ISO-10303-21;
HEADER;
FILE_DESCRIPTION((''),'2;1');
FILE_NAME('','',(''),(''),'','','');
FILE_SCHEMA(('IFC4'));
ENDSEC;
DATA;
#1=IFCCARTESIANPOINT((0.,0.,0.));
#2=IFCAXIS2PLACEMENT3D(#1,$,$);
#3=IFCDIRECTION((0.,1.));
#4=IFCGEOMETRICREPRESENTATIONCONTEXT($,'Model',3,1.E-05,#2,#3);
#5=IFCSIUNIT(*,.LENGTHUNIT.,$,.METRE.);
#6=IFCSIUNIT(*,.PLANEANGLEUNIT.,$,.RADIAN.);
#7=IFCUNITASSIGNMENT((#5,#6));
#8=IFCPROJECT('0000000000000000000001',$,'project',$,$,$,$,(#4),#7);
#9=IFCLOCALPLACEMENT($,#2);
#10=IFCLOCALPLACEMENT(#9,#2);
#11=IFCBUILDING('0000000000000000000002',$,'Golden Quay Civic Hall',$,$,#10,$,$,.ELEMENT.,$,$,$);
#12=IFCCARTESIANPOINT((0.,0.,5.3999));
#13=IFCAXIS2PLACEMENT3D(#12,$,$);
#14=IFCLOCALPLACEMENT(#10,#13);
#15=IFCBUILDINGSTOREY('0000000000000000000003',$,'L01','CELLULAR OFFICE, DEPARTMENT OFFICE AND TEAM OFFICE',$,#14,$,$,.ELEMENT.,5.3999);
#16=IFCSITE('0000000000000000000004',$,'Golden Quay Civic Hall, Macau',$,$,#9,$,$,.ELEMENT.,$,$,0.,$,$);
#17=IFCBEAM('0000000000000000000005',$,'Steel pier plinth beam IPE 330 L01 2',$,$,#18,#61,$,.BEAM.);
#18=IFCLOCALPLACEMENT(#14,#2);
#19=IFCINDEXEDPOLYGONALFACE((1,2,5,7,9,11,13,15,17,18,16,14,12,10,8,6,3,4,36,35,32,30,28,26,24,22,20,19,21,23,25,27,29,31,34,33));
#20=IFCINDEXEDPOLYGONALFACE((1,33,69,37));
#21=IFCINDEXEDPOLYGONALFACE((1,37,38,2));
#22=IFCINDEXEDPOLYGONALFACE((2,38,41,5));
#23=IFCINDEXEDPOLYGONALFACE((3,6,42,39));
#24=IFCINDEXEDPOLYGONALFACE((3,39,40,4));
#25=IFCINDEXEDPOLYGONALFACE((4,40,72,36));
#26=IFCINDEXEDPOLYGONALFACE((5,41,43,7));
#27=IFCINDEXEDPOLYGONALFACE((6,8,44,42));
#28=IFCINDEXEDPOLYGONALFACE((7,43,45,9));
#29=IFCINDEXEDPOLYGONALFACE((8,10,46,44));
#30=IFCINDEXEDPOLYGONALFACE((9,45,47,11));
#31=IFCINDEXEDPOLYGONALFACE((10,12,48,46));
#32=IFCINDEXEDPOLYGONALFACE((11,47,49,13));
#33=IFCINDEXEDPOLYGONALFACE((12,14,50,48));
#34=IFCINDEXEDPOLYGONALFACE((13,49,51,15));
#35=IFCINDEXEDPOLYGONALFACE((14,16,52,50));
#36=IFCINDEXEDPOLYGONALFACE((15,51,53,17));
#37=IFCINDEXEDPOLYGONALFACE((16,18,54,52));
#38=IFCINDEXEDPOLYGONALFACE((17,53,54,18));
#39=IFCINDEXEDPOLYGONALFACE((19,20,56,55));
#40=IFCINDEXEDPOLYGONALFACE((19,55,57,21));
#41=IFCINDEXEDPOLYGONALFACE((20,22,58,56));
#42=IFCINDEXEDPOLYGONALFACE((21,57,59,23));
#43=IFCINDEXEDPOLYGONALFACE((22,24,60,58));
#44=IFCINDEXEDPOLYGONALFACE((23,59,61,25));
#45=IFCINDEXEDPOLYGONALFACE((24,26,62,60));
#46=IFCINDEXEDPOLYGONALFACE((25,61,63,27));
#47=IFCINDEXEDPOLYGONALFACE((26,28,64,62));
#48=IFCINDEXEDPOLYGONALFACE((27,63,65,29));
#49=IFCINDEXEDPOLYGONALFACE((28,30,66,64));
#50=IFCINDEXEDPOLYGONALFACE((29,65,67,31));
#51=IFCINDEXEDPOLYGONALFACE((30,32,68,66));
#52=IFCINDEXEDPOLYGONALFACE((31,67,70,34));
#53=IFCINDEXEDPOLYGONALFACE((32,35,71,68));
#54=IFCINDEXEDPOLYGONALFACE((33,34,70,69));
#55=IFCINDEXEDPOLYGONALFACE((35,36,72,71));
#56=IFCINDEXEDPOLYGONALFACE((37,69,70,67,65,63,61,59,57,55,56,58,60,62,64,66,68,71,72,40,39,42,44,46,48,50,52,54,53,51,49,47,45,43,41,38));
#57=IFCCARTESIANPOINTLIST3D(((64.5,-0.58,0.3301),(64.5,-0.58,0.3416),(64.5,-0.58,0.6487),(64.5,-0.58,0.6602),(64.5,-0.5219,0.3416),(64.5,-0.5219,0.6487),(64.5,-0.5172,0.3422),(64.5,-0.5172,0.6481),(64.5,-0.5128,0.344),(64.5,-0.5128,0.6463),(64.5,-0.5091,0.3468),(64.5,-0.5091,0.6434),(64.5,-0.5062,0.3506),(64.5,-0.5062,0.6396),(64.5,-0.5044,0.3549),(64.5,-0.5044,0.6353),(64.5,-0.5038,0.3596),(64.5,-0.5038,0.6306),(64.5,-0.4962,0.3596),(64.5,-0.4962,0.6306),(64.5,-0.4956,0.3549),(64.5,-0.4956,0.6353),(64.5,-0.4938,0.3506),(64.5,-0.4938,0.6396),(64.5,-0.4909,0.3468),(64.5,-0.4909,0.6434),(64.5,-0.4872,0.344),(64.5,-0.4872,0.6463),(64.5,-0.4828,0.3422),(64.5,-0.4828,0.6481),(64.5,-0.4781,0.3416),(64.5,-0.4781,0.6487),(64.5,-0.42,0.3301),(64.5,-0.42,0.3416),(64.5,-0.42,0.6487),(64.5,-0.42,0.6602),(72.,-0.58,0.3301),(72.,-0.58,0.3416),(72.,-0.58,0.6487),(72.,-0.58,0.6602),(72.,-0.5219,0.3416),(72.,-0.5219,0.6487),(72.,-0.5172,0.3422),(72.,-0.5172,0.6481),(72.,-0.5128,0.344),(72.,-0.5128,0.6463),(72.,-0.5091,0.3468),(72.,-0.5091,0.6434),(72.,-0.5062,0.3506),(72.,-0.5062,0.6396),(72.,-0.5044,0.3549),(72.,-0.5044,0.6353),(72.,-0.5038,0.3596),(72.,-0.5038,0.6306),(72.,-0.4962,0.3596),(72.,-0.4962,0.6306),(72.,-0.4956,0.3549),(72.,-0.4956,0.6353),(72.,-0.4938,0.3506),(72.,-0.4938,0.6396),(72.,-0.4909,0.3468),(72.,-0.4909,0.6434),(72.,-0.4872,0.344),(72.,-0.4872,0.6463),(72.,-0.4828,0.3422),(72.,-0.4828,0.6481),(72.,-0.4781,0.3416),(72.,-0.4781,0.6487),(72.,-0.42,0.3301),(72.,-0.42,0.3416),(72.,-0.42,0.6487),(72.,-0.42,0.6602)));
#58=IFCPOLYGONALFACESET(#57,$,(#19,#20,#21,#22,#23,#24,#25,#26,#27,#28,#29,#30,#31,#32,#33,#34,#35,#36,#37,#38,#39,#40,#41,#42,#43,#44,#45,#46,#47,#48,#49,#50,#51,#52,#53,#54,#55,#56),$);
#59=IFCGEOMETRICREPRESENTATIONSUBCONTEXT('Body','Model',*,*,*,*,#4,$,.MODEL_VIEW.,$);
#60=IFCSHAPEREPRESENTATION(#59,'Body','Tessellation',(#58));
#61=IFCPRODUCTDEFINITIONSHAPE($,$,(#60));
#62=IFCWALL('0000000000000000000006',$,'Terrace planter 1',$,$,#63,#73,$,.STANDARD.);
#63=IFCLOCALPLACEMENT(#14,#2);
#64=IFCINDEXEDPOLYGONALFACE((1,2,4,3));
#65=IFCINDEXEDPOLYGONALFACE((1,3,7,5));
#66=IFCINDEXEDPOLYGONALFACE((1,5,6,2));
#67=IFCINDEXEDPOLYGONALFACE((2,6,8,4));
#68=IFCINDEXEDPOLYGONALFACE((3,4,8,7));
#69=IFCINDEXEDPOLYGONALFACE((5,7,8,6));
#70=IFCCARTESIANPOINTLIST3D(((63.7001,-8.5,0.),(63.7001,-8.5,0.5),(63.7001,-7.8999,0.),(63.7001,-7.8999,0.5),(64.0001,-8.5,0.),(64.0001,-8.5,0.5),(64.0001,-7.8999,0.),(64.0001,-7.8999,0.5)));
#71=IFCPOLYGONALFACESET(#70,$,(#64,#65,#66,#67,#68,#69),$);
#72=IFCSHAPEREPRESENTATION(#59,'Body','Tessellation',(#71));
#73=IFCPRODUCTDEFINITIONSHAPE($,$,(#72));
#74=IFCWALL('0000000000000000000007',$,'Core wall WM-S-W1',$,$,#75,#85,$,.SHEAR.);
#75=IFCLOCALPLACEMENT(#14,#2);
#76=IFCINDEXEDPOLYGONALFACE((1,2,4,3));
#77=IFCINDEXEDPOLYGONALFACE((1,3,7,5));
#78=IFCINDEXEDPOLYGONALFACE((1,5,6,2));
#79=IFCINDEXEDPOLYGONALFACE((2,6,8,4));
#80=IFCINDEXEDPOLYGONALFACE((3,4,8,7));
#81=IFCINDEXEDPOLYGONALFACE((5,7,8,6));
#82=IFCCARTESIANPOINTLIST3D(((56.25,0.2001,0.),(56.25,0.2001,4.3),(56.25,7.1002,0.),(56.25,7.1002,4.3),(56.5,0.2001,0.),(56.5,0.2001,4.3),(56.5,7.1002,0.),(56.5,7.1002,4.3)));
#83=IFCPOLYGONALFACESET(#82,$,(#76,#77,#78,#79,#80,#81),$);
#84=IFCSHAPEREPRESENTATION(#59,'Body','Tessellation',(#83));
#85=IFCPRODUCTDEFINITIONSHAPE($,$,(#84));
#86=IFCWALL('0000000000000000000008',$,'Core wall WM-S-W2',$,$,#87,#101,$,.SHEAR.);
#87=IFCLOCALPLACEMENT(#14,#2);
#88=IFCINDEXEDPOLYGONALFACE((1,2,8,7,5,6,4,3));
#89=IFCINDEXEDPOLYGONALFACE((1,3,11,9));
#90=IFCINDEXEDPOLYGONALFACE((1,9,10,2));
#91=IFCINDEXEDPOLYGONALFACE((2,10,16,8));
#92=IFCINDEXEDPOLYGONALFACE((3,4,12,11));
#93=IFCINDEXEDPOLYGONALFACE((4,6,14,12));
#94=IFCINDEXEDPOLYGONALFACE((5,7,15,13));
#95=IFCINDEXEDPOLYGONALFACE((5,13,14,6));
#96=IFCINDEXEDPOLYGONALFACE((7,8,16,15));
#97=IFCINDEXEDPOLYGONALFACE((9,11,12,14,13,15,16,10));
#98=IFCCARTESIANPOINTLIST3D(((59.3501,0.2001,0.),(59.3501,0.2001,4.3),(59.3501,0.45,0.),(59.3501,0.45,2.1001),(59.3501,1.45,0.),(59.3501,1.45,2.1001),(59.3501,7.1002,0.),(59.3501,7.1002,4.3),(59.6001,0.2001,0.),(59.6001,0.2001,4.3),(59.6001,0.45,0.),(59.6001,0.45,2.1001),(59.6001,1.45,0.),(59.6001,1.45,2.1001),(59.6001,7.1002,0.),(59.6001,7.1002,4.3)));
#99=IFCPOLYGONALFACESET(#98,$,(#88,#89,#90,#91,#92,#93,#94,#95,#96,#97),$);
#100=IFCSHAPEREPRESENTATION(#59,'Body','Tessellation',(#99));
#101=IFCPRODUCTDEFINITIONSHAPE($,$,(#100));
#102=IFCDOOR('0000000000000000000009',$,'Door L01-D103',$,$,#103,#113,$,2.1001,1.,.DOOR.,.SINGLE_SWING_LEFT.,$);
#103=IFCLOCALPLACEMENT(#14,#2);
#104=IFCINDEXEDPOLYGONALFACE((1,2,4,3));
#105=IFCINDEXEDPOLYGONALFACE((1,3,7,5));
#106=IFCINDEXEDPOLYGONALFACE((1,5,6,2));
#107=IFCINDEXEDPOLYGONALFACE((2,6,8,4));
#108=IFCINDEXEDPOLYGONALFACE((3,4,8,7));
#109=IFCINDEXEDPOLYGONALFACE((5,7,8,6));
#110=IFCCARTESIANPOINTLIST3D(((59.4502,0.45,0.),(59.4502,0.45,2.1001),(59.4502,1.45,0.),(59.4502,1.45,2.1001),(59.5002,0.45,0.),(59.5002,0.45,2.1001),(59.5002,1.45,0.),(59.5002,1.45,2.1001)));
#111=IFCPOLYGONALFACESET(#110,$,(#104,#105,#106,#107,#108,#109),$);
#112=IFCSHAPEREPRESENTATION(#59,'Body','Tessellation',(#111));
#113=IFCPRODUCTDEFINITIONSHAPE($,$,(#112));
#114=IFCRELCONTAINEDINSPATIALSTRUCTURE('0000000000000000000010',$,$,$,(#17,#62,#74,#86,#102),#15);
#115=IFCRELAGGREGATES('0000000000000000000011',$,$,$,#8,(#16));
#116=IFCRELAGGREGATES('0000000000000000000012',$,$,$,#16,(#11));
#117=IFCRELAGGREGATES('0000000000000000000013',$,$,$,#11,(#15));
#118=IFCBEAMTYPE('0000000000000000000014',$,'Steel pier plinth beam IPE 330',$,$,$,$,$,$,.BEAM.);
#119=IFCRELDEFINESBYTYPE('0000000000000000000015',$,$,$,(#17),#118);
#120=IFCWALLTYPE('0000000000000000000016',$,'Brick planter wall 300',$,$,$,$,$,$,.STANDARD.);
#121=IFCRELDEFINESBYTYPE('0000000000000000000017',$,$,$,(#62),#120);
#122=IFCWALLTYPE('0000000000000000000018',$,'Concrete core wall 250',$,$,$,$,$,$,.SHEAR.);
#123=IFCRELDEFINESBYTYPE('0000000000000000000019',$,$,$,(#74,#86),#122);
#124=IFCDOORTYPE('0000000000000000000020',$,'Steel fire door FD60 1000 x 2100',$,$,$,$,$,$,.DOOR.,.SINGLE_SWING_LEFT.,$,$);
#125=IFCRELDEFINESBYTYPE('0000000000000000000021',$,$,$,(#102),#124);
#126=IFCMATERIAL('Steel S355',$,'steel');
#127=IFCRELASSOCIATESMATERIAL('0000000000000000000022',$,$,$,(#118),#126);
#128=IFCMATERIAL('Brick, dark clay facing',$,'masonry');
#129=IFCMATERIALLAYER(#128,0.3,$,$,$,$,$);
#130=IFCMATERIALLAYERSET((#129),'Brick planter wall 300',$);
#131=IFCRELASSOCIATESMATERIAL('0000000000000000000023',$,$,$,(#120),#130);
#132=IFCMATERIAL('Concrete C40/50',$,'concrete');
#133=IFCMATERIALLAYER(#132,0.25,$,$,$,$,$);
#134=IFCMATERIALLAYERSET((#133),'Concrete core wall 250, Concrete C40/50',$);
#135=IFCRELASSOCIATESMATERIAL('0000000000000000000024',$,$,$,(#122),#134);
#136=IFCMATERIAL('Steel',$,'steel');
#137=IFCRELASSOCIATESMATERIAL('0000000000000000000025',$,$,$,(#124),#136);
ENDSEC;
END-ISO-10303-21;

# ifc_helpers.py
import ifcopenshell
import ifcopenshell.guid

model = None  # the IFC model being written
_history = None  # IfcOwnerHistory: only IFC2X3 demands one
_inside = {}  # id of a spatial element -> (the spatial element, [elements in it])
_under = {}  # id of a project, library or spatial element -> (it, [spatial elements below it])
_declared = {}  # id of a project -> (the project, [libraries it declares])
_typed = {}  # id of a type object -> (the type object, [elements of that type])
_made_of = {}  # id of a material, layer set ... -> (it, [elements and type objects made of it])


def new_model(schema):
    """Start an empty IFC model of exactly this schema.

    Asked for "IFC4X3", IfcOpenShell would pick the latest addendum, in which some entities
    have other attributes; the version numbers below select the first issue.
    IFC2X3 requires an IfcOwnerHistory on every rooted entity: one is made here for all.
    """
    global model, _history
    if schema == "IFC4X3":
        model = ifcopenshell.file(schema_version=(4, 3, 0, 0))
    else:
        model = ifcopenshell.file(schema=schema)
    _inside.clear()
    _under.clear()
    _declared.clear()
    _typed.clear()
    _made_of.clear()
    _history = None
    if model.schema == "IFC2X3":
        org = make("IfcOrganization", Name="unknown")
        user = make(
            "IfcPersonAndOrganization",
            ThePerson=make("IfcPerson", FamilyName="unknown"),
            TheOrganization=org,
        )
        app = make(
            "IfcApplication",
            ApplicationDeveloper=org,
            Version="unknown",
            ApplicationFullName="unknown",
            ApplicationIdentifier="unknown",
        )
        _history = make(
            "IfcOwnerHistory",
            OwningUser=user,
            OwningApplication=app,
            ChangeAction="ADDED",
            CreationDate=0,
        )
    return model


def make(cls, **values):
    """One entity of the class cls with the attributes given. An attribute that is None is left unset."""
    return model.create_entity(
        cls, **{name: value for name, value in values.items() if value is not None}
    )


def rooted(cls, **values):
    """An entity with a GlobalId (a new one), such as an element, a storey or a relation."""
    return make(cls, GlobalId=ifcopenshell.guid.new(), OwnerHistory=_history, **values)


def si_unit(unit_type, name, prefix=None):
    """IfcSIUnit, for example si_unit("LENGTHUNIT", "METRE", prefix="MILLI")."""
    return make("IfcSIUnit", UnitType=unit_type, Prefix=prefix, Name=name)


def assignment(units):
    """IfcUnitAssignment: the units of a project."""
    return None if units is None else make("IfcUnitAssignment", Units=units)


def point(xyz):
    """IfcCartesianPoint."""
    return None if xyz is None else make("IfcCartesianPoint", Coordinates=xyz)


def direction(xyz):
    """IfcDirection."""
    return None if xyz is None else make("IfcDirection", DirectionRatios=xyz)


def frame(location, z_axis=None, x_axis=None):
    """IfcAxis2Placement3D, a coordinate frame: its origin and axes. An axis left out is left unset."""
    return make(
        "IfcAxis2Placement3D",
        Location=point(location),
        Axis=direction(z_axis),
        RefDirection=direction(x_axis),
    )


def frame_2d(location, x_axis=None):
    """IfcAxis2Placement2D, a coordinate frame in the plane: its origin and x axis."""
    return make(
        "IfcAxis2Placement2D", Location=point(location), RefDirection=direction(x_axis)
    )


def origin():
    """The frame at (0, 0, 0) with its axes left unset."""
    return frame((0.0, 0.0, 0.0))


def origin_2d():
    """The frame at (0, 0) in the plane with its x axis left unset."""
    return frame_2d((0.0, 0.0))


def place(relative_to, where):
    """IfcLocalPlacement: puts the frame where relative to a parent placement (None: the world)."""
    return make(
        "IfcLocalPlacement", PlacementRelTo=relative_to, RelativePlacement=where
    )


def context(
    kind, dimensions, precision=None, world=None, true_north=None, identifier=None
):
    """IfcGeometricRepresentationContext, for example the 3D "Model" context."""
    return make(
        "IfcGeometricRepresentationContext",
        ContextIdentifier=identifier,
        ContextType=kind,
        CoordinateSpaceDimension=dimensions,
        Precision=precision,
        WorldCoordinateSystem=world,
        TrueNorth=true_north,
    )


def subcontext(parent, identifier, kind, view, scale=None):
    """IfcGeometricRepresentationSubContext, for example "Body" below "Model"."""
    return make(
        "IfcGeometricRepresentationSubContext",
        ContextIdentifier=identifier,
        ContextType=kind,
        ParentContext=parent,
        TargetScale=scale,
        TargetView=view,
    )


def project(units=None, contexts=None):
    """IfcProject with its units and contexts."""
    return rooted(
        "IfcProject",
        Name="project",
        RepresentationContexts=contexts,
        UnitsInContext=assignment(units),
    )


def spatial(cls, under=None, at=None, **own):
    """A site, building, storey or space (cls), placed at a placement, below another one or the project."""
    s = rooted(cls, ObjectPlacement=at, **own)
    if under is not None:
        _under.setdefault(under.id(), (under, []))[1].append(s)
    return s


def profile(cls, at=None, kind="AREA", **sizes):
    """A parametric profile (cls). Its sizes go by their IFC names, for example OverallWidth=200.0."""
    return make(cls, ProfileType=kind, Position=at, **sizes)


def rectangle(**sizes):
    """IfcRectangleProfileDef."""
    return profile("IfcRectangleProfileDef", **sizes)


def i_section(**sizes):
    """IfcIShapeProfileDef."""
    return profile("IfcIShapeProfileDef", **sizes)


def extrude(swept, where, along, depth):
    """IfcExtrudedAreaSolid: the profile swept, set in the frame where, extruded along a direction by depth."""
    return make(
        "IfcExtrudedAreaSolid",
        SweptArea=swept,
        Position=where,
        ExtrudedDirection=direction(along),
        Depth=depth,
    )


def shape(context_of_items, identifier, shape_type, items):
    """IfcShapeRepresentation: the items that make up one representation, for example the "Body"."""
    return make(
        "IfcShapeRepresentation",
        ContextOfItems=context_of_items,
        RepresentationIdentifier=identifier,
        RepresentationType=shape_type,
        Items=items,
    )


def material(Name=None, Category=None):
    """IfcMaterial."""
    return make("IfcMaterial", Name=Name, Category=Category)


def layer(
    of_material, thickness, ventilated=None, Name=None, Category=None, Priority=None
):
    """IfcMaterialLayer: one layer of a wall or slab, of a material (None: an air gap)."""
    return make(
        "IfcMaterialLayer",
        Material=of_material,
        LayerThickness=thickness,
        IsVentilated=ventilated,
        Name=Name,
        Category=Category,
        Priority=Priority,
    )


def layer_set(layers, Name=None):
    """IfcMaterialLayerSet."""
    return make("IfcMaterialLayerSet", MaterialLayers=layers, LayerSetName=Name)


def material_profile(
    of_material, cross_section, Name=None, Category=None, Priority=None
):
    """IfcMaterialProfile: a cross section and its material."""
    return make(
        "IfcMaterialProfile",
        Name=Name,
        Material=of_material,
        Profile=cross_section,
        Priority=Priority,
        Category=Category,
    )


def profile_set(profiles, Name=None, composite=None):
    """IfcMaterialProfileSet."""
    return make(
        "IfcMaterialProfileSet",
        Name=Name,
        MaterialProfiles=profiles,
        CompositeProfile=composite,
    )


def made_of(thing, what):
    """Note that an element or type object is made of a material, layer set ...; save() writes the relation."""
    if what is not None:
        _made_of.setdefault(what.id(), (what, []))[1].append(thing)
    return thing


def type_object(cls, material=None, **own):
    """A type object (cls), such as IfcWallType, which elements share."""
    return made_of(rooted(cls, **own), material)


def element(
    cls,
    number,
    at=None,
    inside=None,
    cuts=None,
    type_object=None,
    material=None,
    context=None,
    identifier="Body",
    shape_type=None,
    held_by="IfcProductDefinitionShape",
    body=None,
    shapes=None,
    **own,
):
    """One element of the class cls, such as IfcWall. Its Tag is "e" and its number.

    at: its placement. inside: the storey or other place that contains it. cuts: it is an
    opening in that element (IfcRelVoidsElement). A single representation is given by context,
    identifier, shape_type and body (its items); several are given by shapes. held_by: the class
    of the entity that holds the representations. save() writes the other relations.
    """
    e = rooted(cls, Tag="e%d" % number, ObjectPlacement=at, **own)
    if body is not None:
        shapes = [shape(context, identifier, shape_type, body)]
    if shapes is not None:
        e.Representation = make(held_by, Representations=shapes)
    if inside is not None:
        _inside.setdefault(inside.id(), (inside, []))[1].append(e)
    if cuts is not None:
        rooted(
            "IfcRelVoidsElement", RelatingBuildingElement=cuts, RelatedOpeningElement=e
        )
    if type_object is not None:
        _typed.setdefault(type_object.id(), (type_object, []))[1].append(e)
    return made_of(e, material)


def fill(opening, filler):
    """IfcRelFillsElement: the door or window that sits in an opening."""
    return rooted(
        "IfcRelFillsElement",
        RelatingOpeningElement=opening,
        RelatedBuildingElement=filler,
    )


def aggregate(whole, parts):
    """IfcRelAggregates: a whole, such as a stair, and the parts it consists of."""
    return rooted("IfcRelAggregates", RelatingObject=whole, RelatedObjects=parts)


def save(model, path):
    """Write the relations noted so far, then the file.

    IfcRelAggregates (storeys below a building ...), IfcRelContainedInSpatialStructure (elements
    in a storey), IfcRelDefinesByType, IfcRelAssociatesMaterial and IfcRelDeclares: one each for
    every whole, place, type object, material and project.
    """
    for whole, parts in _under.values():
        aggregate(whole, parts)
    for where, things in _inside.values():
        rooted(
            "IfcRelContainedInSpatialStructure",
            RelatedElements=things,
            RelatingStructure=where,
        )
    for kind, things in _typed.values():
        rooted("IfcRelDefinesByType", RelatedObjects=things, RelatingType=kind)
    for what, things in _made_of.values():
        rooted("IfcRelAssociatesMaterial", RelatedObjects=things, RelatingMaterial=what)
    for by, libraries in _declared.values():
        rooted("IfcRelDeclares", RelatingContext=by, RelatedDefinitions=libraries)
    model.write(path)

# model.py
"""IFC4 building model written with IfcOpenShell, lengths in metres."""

from ifc_helpers import new_model, si_unit, direction, frame, frame_2d, origin, origin_2d, place, context, subcontext, project, spatial, rectangle, i_section, extrude, material, layer, layer_set, material_profile, profile_set, type_object, element, fill, save


model = new_model("IFC4")

# Units and contexts
model_context = context("Model", 3, precision=1e-05, world=origin(), true_north=direction((0.0, 1.0)))
body_context = subcontext(model_context, "Body", "Model", "MODEL_VIEW")
ifc_project = project(units=[si_unit("LENGTHUNIT", "METRE"), si_unit("PLANEANGLEUNIT", "RADIAN")], contexts=[model_context])

# Site, building, storey
site_placement = place(None, origin())
site = spatial("IfcSite", under=ifc_project, at=site_placement, Name="Golden Quay Civic Hall, Macau", CompositionType="ELEMENT", RefElevation=0.0)
building_placement = place(site_placement, origin())
building = spatial("IfcBuilding", under=site, at=building_placement, Name="Golden Quay Civic Hall", CompositionType="ELEMENT")
storey_placement = place(building_placement, frame((0.0, 0.0, 5.3999)))
storey = spatial("IfcBuildingStorey", under=building, at=storey_placement, Name="L01", Description="CELLULAR OFFICE, DEPARTMENT OFFICE AND TEAM OFFICE", CompositionType="ELEMENT", Elevation=5.3999)

# Beam
ifc_material_1 = material(Name="Steel S355", Category="steel")
ifc_material_profile_1 = material_profile(ifc_material_1, i_section(OverallWidth=0.1599, OverallDepth=0.3301, WebThickness=0.0076, FlangeThickness=0.0115, FilletRadius=0.0181, at=origin_2d()), Name="IPE 330")
ifc_profile_set_1 = profile_set([ifc_material_profile_1], Name="Steel S355")
beam_type_1 = type_object("IfcBeamType", Name="Steel pier plinth beam IPE 330", PredefinedType="BEAM", material=ifc_profile_set_1)
beam_1_placement = place(storey_placement, frame((64.5, -0.5, 0.4951), z_axis=(1.0, 0.0, 0.0), x_axis=(0.0, 1.0, 0.0)))
element("IfcBeam", 1, at=beam_1_placement, inside=storey, type_object=beam_type_1, Name="Steel pier plinth beam IPE 330 L01 2", PredefinedType="BEAM", context=body_context, shape_type="SweptSolid", body=[
    extrude(i_section(OverallWidth=0.1599, OverallDepth=0.3301, WebThickness=0.0076, FlangeThickness=0.0115, FilletRadius=0.0181, at=origin_2d()), origin(), (0.0, 0.0, 1.0), 7.5),
])

# Walls
ifc_material_2 = material(Name="Brick, dark clay facing", Category="masonry")
ifc_layer_1 = layer(ifc_material_2, 0.3)
ifc_layer_set_1 = layer_set([ifc_layer_1], Name="Brick planter wall 300")
wall_type_1 = type_object("IfcWallType", Name="Brick planter wall 300", PredefinedType="STANDARD", material=ifc_layer_set_1)
wall_1_placement = place(storey_placement, frame((63.8501, -8.5, 0.0), z_axis=(0.0, 0.0, 1.0), x_axis=(0.0, 1.0, 0.0)))
element("IfcWall", 2, at=wall_1_placement, inside=storey, type_object=wall_type_1, Name="Terrace planter 1", PredefinedType="STANDARD", context=body_context, shape_type="SweptSolid", body=[
    extrude(rectangle(XDim=0.6001, YDim=0.3, at=frame_2d((0.3, 0.0))), origin(), (0.0, 0.0, 1.0), 0.5),
])
ifc_material_3 = material(Name="Concrete C40/50", Category="concrete")
ifc_layer_2 = layer(ifc_material_3, 0.25)
ifc_layer_set_2 = layer_set([ifc_layer_2], Name="Concrete core wall 250, Concrete C40/50")
wall_type_2 = type_object("IfcWallType", Name="Concrete core wall 250", PredefinedType="SHEAR", material=ifc_layer_set_2)
wall_2_placement = place(storey_placement, frame((56.375, 0.2, 0.0), z_axis=(0.0, 0.0, 1.0), x_axis=(0.0, 1.0, 0.0)))
element("IfcWall", 3, at=wall_2_placement, inside=storey, type_object=wall_type_2, Name="Core wall WM-S-W1", PredefinedType="SHEAR", context=body_context, shape_type="SweptSolid", body=[
    extrude(rectangle(XDim=6.9001, YDim=0.25, at=frame_2d((3.4502, 0.0))), origin(), (0.0, 0.0, 1.0), 4.3),
])

# Wall, opening, door
wall_3_placement = place(storey_placement, frame((59.4751, 0.2, 0.0), z_axis=(0.0, 0.0, 1.0), x_axis=(0.0, 1.0, 0.0)))
wall_3 = element("IfcWall", 4, at=wall_3_placement, inside=storey, type_object=wall_type_2, Name="Core wall WM-S-W2", PredefinedType="SHEAR", context=body_context, shape_type="SweptSolid", body=[
    extrude(rectangle(XDim=6.9001, YDim=0.25, at=frame_2d((3.4502, 0.0))), origin(), (0.0, 0.0, 1.0), 4.3),
])
opening_1_placement = place(wall_3_placement, frame((0.25, 0.0, 0.0)))
opening_1 = element("IfcOpeningElement", 5, at=opening_1_placement, cuts=wall_3, PredefinedType="OPENING", context=body_context, shape_type="SweptSolid", body=[
    extrude(rectangle(XDim=1.0, YDim=2.1001, at=frame_2d((0.5, 1.05))), frame((0.0, 0.135, 0.0), z_axis=(0.0, -1.0, 0.0), x_axis=(1.0, 0.0, 0.0)), (0.0, 0.0, 1.0), 0.27),
])
ifc_material_4 = material(Name="Steel", Category="steel")
door_type_1 = type_object("IfcDoorType", Name="Steel fire door FD60 1000 x 2100", OperationType="SINGLE_SWING_LEFT", PredefinedType="DOOR", material=ifc_material_4)
door_1_placement = place(opening_1_placement, origin())
door_1 = element("IfcDoor", 6, at=door_1_placement, inside=storey, type_object=door_type_1, Name="Door L01-D103", OperationType="SINGLE_SWING_LEFT", OverallHeight=2.1001, OverallWidth=1.0, PredefinedType="DOOR", context=body_context, shape_type="SweptSolid", body=[
    extrude(rectangle(XDim=1.0, YDim=2.1001, at=frame_2d((0.5, 1.05))), frame((0.0, 0.0249, 0.0), z_axis=(0.0, -1.0, 0.0), x_axis=(1.0, 0.0, 0.0)), (0.0, 0.0, 1.0), 0.05),
])
fill(opening_1, door_1)

save(model, "model.ifc")
